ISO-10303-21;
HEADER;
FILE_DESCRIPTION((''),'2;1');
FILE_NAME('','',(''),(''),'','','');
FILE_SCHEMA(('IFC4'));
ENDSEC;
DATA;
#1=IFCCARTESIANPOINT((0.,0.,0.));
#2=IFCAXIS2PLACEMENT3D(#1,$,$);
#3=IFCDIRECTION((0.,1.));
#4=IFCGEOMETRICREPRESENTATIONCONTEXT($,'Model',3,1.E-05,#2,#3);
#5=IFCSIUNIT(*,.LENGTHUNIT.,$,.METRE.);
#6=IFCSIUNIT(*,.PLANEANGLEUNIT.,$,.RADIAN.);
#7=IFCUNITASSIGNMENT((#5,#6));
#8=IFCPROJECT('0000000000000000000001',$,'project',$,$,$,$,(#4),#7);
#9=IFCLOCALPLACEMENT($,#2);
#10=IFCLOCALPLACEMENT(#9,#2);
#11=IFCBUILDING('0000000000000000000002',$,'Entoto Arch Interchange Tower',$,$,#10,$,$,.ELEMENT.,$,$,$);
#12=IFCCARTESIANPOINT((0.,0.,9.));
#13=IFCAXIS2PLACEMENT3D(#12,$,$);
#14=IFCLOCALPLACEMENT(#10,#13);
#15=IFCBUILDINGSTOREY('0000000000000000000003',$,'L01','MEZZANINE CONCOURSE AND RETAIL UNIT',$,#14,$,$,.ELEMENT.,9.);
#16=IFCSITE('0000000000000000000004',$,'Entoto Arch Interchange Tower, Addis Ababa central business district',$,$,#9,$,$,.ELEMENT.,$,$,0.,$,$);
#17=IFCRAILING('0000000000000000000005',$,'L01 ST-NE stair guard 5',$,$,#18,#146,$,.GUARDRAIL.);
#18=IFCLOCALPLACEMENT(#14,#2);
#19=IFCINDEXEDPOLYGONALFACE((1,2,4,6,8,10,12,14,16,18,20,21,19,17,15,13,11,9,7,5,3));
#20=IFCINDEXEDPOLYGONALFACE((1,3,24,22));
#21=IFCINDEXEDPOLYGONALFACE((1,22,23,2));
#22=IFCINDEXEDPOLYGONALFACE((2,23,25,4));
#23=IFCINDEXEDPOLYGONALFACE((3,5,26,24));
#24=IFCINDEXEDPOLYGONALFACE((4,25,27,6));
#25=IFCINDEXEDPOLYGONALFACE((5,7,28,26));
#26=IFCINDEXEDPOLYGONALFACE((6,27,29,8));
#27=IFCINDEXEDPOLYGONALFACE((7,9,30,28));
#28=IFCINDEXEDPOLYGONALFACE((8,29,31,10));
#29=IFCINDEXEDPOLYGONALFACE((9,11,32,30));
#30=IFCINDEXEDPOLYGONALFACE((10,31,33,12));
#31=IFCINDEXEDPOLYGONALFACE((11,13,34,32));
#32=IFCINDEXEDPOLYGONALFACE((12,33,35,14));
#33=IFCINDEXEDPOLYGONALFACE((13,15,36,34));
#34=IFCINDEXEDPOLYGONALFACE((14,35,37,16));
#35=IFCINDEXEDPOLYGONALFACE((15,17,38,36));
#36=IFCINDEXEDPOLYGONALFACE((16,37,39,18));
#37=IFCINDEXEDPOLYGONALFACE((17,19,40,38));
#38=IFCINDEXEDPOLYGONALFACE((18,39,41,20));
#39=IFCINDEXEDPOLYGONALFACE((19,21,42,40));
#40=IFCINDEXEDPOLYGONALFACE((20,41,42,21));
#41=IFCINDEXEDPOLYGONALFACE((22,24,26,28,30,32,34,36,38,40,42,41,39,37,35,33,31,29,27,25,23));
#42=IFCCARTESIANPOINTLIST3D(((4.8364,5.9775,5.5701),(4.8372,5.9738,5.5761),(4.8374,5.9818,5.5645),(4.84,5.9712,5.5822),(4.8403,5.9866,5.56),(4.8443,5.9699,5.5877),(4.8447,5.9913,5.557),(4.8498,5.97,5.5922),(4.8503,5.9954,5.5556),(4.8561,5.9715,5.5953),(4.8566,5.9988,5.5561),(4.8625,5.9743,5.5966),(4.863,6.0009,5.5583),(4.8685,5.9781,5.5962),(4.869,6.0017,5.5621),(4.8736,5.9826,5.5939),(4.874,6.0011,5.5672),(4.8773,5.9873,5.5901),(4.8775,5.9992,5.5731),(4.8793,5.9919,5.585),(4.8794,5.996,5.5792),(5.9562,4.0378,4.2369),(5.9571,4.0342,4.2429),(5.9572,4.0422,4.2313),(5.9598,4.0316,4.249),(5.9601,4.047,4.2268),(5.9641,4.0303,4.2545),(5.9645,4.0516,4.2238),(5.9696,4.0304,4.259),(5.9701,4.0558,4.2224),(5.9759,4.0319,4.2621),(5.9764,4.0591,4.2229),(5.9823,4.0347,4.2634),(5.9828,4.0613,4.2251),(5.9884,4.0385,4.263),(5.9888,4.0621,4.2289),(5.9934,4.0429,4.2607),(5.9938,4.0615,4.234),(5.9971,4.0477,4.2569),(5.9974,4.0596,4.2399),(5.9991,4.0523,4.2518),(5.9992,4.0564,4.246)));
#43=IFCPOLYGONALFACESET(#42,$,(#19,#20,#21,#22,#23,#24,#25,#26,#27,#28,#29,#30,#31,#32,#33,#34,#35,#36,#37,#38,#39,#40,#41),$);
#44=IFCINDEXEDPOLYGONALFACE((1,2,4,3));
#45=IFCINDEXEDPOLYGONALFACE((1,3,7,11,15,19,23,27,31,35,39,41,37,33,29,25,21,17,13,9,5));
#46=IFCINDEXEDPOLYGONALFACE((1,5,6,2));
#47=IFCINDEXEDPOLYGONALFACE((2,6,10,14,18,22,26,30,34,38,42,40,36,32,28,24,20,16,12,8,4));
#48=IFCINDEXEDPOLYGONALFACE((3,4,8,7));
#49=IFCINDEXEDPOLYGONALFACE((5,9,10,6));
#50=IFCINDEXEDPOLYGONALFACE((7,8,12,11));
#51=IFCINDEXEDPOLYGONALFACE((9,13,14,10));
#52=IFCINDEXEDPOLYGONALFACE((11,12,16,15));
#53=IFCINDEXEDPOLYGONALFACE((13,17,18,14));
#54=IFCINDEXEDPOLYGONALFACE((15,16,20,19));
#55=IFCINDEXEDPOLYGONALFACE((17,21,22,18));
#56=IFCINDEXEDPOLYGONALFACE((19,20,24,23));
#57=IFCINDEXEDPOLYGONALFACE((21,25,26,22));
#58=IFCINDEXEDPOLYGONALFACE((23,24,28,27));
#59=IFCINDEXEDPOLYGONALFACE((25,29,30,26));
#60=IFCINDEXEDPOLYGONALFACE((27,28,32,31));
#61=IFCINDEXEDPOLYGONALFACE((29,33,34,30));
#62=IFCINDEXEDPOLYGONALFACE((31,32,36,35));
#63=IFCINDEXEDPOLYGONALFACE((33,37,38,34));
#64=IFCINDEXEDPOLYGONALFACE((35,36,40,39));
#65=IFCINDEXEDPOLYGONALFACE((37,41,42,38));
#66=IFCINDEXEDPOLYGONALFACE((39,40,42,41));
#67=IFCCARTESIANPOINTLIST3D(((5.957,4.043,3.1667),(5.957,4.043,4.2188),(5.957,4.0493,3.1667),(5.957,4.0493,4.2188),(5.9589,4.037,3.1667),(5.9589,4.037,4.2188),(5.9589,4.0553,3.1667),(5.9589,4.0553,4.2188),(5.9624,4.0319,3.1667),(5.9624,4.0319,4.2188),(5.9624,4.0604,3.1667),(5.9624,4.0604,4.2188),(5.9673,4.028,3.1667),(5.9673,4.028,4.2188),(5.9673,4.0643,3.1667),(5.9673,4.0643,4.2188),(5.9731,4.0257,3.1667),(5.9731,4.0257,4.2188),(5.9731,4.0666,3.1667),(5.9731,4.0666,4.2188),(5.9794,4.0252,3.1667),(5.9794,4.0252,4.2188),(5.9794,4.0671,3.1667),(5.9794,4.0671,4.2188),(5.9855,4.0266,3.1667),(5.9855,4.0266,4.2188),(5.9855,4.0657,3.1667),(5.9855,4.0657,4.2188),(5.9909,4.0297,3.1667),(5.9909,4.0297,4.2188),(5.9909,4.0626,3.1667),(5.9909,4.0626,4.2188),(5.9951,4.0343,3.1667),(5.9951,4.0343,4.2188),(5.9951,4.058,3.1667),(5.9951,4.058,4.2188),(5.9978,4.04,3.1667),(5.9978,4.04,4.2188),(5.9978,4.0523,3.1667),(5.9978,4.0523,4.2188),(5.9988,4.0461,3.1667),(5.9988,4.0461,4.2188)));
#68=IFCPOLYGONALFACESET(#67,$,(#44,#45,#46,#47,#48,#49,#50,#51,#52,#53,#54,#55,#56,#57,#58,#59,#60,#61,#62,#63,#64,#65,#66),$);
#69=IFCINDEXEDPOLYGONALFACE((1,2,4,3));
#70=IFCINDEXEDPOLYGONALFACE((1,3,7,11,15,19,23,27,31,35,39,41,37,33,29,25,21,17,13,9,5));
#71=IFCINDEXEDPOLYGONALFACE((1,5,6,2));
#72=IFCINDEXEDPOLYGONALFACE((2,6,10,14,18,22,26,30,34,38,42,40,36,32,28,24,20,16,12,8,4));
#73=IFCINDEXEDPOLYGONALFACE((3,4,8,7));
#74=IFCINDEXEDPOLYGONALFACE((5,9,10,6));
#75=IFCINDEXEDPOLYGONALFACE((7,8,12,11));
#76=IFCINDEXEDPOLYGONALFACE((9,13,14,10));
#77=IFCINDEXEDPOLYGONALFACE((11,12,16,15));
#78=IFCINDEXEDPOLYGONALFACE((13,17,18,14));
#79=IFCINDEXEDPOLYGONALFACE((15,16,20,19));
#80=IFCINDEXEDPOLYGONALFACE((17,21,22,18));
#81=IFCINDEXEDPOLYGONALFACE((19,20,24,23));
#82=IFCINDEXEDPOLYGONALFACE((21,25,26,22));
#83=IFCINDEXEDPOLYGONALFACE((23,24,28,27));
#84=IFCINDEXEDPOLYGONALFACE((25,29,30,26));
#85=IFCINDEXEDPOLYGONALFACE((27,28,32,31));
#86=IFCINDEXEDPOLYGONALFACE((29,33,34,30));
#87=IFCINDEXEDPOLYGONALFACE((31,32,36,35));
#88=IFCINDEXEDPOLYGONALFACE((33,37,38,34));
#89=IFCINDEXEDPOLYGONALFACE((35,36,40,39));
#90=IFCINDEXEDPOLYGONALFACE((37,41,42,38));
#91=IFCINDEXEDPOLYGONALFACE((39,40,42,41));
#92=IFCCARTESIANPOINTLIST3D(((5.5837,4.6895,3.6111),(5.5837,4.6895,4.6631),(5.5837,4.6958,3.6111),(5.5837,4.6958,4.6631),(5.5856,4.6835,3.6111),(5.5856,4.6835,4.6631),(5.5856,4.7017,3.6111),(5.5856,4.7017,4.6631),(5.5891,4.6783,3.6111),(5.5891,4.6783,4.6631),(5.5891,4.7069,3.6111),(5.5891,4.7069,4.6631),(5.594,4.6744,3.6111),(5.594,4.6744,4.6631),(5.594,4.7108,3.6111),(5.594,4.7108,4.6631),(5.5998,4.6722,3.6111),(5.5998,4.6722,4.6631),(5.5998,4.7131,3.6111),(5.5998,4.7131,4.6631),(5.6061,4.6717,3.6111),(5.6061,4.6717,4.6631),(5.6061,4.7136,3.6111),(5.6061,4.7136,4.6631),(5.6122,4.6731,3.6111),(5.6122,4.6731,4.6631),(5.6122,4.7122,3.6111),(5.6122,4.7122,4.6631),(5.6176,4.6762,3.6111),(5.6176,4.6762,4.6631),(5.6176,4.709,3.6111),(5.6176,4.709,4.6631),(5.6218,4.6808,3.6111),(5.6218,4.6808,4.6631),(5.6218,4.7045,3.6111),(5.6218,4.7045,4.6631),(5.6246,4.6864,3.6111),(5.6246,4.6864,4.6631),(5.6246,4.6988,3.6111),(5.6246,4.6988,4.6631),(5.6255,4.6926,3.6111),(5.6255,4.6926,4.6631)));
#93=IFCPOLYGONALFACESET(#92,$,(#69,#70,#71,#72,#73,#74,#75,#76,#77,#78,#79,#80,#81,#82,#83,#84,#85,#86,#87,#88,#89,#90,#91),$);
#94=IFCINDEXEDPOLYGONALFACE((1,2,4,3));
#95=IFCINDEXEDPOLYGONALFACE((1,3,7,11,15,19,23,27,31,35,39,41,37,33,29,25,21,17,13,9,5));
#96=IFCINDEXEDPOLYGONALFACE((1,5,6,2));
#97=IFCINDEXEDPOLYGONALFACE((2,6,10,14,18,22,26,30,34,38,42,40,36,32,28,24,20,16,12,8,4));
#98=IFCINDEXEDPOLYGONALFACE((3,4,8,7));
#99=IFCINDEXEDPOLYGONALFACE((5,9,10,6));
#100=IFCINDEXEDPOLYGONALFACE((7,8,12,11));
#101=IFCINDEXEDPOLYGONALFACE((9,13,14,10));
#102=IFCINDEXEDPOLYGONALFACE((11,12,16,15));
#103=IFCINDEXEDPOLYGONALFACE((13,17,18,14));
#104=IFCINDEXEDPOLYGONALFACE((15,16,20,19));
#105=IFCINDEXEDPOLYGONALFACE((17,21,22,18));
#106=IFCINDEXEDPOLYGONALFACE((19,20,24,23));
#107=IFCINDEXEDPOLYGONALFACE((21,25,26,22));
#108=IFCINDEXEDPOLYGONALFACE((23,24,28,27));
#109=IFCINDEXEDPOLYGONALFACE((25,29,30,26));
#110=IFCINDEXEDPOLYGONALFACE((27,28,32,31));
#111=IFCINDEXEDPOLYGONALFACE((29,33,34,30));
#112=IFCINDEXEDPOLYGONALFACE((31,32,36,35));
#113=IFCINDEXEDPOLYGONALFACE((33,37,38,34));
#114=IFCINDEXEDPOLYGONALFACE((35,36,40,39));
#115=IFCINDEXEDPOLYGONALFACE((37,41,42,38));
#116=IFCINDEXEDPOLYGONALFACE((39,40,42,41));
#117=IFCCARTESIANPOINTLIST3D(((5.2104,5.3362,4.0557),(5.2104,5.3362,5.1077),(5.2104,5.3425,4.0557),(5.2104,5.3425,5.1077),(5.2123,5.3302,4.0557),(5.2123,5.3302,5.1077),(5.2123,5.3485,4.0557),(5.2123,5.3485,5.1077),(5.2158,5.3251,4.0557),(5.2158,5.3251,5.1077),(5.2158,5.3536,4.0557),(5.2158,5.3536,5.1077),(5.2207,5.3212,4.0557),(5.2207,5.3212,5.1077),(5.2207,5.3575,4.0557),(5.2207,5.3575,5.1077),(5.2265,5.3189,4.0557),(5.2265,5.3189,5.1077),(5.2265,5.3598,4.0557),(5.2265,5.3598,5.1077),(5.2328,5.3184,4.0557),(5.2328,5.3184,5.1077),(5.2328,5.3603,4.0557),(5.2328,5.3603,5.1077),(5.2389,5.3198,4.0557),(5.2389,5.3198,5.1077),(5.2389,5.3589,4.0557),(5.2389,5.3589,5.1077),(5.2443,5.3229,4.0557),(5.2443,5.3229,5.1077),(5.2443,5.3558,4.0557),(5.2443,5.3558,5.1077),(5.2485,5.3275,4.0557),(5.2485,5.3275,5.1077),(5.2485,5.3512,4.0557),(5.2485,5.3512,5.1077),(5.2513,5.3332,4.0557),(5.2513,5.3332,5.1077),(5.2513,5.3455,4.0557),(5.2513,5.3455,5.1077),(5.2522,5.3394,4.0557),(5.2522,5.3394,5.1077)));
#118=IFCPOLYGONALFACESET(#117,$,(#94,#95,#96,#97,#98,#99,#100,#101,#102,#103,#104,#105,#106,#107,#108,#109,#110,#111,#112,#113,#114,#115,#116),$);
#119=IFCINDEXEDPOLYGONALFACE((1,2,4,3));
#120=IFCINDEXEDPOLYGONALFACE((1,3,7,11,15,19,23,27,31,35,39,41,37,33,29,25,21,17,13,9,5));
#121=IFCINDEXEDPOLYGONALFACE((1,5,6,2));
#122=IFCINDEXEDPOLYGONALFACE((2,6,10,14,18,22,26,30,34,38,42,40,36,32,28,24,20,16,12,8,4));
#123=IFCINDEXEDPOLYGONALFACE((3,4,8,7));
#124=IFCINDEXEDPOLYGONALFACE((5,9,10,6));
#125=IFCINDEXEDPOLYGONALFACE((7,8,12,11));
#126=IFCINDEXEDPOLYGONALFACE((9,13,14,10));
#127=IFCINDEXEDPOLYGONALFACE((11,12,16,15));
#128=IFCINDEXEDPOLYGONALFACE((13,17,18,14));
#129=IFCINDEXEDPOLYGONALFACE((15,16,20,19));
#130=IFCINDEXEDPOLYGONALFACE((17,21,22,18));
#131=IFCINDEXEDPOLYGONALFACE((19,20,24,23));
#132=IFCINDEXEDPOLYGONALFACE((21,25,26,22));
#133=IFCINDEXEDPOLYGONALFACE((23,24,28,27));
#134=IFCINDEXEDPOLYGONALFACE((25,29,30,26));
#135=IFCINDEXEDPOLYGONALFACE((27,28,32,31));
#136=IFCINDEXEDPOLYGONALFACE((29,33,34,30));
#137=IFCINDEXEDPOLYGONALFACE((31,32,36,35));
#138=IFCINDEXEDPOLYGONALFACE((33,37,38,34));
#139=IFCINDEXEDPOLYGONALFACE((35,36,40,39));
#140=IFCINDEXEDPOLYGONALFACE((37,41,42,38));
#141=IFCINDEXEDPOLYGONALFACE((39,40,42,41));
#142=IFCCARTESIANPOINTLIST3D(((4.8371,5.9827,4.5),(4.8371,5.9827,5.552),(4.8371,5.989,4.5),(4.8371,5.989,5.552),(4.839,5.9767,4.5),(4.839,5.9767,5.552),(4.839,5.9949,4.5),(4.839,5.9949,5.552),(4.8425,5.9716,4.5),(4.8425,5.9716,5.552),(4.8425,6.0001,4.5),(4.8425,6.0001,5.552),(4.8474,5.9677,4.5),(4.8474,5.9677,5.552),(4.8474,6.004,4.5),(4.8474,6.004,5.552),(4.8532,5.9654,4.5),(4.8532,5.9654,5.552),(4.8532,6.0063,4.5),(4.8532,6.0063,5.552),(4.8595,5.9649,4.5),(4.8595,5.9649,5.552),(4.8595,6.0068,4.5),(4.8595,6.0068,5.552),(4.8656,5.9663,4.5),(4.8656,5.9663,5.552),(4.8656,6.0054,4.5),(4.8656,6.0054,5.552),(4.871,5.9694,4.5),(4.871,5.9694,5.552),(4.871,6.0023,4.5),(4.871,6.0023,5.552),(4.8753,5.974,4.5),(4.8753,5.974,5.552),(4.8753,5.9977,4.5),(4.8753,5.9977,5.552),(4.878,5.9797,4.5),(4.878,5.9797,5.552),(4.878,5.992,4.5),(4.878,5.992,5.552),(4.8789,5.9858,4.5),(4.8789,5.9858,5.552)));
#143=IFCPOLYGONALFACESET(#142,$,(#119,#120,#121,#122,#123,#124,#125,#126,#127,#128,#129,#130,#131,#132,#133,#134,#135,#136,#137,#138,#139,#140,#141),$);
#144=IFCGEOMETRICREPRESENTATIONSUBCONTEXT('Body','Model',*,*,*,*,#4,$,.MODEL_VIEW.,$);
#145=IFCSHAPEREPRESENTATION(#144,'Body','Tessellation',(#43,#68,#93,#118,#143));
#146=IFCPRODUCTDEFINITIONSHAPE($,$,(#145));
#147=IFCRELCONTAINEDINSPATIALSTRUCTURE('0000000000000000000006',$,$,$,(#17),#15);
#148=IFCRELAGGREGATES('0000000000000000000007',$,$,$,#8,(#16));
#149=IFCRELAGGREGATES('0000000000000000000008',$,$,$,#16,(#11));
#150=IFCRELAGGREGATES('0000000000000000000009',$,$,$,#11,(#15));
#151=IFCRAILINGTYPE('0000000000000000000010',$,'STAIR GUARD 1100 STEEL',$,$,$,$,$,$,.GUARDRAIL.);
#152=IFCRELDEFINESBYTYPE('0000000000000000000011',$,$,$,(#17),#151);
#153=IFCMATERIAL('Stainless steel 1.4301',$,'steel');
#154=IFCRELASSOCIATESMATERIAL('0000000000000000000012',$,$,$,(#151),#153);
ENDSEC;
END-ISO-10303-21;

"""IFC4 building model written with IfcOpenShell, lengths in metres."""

from ifc_helpers import new_model, si_unit, direction, frame, origin, origin_2d, place, context, subcontext, project, spatial, circle, extrude, material, type_object, element, save


model = new_model("IFC4")

# Units and contexts
model_context = context("Model", 3, precision=1e-05, world=origin(), true_north=direction((0.0, 1.0)))
body_context = subcontext(model_context, "Body", "Model", "MODEL_VIEW")
ifc_project = project(units=[si_unit("LENGTHUNIT", "METRE"), si_unit("PLANEANGLEUNIT", "RADIAN")], contexts=[model_context])

# Site, building, storey
site_placement = place(None, origin())
site = spatial("IfcSite", under=ifc_project, at=site_placement, Name="Entoto Arch Interchange Tower, Addis Ababa central business district", CompositionType="ELEMENT", RefElevation=0.0)
building_placement = place(site_placement, origin())
building = spatial("IfcBuilding", under=site, at=building_placement, Name="Entoto Arch Interchange Tower", CompositionType="ELEMENT")
storey_placement = place(building_placement, frame((0.0, 0.0, 9.0)))
storey = spatial("IfcBuildingStorey", under=building, at=storey_placement, Name="L01", Description="MEZZANINE CONCOURSE AND RETAIL UNIT", CompositionType="ELEMENT", Elevation=9.0)

# Railing
ifc_material_1 = material(Name="Stainless steel 1.4301", Category="steel")
railing_type_1 = type_object("IfcRailingType", Name="STAIR GUARD 1100 STEEL", PredefinedType="GUARDRAIL", material=ifc_material_1)
railing_1_placement = place(storey_placement, frame((5.9778, 4.0461, 3.1667)))
element("IfcRailing", 1, at=railing_1_placement, inside=storey, type_object=railing_type_1, Name="L01 ST-NE stair guard 5", PredefinedType="GUARDRAIL", context=body_context, shape_type="SweptSolid", body=[
    extrude(circle(Radius=0.0239, at=origin_2d()), frame((0.0, 0.0, 1.0762), z_axis=(-0.429638, 0.744163, 0.511501), x_axis=(-0.866028, -0.499996, 0.0)), (0.0, 0.0, 1.0), 2.6064),
    extrude(circle(Radius=0.021, at=origin_2d()), origin(), (0.0, 0.0, 1.0), 1.052),
    extrude(circle(Radius=0.021, at=origin_2d()), frame((-0.3733, 0.6465, 0.4443)), (0.0, 0.0, 1.0), 1.052),
    extrude(circle(Radius=0.021, at=origin_2d()), frame((-0.7466, 1.2932, 0.8889)), (0.0, 0.0, 1.0), 1.052),
    extrude(circle(Radius=0.021, at=origin_2d()), frame((-1.1199, 1.9397, 1.3333)), (0.0, 0.0, 1.0), 1.052),
])

save(model, "model.ifc")
